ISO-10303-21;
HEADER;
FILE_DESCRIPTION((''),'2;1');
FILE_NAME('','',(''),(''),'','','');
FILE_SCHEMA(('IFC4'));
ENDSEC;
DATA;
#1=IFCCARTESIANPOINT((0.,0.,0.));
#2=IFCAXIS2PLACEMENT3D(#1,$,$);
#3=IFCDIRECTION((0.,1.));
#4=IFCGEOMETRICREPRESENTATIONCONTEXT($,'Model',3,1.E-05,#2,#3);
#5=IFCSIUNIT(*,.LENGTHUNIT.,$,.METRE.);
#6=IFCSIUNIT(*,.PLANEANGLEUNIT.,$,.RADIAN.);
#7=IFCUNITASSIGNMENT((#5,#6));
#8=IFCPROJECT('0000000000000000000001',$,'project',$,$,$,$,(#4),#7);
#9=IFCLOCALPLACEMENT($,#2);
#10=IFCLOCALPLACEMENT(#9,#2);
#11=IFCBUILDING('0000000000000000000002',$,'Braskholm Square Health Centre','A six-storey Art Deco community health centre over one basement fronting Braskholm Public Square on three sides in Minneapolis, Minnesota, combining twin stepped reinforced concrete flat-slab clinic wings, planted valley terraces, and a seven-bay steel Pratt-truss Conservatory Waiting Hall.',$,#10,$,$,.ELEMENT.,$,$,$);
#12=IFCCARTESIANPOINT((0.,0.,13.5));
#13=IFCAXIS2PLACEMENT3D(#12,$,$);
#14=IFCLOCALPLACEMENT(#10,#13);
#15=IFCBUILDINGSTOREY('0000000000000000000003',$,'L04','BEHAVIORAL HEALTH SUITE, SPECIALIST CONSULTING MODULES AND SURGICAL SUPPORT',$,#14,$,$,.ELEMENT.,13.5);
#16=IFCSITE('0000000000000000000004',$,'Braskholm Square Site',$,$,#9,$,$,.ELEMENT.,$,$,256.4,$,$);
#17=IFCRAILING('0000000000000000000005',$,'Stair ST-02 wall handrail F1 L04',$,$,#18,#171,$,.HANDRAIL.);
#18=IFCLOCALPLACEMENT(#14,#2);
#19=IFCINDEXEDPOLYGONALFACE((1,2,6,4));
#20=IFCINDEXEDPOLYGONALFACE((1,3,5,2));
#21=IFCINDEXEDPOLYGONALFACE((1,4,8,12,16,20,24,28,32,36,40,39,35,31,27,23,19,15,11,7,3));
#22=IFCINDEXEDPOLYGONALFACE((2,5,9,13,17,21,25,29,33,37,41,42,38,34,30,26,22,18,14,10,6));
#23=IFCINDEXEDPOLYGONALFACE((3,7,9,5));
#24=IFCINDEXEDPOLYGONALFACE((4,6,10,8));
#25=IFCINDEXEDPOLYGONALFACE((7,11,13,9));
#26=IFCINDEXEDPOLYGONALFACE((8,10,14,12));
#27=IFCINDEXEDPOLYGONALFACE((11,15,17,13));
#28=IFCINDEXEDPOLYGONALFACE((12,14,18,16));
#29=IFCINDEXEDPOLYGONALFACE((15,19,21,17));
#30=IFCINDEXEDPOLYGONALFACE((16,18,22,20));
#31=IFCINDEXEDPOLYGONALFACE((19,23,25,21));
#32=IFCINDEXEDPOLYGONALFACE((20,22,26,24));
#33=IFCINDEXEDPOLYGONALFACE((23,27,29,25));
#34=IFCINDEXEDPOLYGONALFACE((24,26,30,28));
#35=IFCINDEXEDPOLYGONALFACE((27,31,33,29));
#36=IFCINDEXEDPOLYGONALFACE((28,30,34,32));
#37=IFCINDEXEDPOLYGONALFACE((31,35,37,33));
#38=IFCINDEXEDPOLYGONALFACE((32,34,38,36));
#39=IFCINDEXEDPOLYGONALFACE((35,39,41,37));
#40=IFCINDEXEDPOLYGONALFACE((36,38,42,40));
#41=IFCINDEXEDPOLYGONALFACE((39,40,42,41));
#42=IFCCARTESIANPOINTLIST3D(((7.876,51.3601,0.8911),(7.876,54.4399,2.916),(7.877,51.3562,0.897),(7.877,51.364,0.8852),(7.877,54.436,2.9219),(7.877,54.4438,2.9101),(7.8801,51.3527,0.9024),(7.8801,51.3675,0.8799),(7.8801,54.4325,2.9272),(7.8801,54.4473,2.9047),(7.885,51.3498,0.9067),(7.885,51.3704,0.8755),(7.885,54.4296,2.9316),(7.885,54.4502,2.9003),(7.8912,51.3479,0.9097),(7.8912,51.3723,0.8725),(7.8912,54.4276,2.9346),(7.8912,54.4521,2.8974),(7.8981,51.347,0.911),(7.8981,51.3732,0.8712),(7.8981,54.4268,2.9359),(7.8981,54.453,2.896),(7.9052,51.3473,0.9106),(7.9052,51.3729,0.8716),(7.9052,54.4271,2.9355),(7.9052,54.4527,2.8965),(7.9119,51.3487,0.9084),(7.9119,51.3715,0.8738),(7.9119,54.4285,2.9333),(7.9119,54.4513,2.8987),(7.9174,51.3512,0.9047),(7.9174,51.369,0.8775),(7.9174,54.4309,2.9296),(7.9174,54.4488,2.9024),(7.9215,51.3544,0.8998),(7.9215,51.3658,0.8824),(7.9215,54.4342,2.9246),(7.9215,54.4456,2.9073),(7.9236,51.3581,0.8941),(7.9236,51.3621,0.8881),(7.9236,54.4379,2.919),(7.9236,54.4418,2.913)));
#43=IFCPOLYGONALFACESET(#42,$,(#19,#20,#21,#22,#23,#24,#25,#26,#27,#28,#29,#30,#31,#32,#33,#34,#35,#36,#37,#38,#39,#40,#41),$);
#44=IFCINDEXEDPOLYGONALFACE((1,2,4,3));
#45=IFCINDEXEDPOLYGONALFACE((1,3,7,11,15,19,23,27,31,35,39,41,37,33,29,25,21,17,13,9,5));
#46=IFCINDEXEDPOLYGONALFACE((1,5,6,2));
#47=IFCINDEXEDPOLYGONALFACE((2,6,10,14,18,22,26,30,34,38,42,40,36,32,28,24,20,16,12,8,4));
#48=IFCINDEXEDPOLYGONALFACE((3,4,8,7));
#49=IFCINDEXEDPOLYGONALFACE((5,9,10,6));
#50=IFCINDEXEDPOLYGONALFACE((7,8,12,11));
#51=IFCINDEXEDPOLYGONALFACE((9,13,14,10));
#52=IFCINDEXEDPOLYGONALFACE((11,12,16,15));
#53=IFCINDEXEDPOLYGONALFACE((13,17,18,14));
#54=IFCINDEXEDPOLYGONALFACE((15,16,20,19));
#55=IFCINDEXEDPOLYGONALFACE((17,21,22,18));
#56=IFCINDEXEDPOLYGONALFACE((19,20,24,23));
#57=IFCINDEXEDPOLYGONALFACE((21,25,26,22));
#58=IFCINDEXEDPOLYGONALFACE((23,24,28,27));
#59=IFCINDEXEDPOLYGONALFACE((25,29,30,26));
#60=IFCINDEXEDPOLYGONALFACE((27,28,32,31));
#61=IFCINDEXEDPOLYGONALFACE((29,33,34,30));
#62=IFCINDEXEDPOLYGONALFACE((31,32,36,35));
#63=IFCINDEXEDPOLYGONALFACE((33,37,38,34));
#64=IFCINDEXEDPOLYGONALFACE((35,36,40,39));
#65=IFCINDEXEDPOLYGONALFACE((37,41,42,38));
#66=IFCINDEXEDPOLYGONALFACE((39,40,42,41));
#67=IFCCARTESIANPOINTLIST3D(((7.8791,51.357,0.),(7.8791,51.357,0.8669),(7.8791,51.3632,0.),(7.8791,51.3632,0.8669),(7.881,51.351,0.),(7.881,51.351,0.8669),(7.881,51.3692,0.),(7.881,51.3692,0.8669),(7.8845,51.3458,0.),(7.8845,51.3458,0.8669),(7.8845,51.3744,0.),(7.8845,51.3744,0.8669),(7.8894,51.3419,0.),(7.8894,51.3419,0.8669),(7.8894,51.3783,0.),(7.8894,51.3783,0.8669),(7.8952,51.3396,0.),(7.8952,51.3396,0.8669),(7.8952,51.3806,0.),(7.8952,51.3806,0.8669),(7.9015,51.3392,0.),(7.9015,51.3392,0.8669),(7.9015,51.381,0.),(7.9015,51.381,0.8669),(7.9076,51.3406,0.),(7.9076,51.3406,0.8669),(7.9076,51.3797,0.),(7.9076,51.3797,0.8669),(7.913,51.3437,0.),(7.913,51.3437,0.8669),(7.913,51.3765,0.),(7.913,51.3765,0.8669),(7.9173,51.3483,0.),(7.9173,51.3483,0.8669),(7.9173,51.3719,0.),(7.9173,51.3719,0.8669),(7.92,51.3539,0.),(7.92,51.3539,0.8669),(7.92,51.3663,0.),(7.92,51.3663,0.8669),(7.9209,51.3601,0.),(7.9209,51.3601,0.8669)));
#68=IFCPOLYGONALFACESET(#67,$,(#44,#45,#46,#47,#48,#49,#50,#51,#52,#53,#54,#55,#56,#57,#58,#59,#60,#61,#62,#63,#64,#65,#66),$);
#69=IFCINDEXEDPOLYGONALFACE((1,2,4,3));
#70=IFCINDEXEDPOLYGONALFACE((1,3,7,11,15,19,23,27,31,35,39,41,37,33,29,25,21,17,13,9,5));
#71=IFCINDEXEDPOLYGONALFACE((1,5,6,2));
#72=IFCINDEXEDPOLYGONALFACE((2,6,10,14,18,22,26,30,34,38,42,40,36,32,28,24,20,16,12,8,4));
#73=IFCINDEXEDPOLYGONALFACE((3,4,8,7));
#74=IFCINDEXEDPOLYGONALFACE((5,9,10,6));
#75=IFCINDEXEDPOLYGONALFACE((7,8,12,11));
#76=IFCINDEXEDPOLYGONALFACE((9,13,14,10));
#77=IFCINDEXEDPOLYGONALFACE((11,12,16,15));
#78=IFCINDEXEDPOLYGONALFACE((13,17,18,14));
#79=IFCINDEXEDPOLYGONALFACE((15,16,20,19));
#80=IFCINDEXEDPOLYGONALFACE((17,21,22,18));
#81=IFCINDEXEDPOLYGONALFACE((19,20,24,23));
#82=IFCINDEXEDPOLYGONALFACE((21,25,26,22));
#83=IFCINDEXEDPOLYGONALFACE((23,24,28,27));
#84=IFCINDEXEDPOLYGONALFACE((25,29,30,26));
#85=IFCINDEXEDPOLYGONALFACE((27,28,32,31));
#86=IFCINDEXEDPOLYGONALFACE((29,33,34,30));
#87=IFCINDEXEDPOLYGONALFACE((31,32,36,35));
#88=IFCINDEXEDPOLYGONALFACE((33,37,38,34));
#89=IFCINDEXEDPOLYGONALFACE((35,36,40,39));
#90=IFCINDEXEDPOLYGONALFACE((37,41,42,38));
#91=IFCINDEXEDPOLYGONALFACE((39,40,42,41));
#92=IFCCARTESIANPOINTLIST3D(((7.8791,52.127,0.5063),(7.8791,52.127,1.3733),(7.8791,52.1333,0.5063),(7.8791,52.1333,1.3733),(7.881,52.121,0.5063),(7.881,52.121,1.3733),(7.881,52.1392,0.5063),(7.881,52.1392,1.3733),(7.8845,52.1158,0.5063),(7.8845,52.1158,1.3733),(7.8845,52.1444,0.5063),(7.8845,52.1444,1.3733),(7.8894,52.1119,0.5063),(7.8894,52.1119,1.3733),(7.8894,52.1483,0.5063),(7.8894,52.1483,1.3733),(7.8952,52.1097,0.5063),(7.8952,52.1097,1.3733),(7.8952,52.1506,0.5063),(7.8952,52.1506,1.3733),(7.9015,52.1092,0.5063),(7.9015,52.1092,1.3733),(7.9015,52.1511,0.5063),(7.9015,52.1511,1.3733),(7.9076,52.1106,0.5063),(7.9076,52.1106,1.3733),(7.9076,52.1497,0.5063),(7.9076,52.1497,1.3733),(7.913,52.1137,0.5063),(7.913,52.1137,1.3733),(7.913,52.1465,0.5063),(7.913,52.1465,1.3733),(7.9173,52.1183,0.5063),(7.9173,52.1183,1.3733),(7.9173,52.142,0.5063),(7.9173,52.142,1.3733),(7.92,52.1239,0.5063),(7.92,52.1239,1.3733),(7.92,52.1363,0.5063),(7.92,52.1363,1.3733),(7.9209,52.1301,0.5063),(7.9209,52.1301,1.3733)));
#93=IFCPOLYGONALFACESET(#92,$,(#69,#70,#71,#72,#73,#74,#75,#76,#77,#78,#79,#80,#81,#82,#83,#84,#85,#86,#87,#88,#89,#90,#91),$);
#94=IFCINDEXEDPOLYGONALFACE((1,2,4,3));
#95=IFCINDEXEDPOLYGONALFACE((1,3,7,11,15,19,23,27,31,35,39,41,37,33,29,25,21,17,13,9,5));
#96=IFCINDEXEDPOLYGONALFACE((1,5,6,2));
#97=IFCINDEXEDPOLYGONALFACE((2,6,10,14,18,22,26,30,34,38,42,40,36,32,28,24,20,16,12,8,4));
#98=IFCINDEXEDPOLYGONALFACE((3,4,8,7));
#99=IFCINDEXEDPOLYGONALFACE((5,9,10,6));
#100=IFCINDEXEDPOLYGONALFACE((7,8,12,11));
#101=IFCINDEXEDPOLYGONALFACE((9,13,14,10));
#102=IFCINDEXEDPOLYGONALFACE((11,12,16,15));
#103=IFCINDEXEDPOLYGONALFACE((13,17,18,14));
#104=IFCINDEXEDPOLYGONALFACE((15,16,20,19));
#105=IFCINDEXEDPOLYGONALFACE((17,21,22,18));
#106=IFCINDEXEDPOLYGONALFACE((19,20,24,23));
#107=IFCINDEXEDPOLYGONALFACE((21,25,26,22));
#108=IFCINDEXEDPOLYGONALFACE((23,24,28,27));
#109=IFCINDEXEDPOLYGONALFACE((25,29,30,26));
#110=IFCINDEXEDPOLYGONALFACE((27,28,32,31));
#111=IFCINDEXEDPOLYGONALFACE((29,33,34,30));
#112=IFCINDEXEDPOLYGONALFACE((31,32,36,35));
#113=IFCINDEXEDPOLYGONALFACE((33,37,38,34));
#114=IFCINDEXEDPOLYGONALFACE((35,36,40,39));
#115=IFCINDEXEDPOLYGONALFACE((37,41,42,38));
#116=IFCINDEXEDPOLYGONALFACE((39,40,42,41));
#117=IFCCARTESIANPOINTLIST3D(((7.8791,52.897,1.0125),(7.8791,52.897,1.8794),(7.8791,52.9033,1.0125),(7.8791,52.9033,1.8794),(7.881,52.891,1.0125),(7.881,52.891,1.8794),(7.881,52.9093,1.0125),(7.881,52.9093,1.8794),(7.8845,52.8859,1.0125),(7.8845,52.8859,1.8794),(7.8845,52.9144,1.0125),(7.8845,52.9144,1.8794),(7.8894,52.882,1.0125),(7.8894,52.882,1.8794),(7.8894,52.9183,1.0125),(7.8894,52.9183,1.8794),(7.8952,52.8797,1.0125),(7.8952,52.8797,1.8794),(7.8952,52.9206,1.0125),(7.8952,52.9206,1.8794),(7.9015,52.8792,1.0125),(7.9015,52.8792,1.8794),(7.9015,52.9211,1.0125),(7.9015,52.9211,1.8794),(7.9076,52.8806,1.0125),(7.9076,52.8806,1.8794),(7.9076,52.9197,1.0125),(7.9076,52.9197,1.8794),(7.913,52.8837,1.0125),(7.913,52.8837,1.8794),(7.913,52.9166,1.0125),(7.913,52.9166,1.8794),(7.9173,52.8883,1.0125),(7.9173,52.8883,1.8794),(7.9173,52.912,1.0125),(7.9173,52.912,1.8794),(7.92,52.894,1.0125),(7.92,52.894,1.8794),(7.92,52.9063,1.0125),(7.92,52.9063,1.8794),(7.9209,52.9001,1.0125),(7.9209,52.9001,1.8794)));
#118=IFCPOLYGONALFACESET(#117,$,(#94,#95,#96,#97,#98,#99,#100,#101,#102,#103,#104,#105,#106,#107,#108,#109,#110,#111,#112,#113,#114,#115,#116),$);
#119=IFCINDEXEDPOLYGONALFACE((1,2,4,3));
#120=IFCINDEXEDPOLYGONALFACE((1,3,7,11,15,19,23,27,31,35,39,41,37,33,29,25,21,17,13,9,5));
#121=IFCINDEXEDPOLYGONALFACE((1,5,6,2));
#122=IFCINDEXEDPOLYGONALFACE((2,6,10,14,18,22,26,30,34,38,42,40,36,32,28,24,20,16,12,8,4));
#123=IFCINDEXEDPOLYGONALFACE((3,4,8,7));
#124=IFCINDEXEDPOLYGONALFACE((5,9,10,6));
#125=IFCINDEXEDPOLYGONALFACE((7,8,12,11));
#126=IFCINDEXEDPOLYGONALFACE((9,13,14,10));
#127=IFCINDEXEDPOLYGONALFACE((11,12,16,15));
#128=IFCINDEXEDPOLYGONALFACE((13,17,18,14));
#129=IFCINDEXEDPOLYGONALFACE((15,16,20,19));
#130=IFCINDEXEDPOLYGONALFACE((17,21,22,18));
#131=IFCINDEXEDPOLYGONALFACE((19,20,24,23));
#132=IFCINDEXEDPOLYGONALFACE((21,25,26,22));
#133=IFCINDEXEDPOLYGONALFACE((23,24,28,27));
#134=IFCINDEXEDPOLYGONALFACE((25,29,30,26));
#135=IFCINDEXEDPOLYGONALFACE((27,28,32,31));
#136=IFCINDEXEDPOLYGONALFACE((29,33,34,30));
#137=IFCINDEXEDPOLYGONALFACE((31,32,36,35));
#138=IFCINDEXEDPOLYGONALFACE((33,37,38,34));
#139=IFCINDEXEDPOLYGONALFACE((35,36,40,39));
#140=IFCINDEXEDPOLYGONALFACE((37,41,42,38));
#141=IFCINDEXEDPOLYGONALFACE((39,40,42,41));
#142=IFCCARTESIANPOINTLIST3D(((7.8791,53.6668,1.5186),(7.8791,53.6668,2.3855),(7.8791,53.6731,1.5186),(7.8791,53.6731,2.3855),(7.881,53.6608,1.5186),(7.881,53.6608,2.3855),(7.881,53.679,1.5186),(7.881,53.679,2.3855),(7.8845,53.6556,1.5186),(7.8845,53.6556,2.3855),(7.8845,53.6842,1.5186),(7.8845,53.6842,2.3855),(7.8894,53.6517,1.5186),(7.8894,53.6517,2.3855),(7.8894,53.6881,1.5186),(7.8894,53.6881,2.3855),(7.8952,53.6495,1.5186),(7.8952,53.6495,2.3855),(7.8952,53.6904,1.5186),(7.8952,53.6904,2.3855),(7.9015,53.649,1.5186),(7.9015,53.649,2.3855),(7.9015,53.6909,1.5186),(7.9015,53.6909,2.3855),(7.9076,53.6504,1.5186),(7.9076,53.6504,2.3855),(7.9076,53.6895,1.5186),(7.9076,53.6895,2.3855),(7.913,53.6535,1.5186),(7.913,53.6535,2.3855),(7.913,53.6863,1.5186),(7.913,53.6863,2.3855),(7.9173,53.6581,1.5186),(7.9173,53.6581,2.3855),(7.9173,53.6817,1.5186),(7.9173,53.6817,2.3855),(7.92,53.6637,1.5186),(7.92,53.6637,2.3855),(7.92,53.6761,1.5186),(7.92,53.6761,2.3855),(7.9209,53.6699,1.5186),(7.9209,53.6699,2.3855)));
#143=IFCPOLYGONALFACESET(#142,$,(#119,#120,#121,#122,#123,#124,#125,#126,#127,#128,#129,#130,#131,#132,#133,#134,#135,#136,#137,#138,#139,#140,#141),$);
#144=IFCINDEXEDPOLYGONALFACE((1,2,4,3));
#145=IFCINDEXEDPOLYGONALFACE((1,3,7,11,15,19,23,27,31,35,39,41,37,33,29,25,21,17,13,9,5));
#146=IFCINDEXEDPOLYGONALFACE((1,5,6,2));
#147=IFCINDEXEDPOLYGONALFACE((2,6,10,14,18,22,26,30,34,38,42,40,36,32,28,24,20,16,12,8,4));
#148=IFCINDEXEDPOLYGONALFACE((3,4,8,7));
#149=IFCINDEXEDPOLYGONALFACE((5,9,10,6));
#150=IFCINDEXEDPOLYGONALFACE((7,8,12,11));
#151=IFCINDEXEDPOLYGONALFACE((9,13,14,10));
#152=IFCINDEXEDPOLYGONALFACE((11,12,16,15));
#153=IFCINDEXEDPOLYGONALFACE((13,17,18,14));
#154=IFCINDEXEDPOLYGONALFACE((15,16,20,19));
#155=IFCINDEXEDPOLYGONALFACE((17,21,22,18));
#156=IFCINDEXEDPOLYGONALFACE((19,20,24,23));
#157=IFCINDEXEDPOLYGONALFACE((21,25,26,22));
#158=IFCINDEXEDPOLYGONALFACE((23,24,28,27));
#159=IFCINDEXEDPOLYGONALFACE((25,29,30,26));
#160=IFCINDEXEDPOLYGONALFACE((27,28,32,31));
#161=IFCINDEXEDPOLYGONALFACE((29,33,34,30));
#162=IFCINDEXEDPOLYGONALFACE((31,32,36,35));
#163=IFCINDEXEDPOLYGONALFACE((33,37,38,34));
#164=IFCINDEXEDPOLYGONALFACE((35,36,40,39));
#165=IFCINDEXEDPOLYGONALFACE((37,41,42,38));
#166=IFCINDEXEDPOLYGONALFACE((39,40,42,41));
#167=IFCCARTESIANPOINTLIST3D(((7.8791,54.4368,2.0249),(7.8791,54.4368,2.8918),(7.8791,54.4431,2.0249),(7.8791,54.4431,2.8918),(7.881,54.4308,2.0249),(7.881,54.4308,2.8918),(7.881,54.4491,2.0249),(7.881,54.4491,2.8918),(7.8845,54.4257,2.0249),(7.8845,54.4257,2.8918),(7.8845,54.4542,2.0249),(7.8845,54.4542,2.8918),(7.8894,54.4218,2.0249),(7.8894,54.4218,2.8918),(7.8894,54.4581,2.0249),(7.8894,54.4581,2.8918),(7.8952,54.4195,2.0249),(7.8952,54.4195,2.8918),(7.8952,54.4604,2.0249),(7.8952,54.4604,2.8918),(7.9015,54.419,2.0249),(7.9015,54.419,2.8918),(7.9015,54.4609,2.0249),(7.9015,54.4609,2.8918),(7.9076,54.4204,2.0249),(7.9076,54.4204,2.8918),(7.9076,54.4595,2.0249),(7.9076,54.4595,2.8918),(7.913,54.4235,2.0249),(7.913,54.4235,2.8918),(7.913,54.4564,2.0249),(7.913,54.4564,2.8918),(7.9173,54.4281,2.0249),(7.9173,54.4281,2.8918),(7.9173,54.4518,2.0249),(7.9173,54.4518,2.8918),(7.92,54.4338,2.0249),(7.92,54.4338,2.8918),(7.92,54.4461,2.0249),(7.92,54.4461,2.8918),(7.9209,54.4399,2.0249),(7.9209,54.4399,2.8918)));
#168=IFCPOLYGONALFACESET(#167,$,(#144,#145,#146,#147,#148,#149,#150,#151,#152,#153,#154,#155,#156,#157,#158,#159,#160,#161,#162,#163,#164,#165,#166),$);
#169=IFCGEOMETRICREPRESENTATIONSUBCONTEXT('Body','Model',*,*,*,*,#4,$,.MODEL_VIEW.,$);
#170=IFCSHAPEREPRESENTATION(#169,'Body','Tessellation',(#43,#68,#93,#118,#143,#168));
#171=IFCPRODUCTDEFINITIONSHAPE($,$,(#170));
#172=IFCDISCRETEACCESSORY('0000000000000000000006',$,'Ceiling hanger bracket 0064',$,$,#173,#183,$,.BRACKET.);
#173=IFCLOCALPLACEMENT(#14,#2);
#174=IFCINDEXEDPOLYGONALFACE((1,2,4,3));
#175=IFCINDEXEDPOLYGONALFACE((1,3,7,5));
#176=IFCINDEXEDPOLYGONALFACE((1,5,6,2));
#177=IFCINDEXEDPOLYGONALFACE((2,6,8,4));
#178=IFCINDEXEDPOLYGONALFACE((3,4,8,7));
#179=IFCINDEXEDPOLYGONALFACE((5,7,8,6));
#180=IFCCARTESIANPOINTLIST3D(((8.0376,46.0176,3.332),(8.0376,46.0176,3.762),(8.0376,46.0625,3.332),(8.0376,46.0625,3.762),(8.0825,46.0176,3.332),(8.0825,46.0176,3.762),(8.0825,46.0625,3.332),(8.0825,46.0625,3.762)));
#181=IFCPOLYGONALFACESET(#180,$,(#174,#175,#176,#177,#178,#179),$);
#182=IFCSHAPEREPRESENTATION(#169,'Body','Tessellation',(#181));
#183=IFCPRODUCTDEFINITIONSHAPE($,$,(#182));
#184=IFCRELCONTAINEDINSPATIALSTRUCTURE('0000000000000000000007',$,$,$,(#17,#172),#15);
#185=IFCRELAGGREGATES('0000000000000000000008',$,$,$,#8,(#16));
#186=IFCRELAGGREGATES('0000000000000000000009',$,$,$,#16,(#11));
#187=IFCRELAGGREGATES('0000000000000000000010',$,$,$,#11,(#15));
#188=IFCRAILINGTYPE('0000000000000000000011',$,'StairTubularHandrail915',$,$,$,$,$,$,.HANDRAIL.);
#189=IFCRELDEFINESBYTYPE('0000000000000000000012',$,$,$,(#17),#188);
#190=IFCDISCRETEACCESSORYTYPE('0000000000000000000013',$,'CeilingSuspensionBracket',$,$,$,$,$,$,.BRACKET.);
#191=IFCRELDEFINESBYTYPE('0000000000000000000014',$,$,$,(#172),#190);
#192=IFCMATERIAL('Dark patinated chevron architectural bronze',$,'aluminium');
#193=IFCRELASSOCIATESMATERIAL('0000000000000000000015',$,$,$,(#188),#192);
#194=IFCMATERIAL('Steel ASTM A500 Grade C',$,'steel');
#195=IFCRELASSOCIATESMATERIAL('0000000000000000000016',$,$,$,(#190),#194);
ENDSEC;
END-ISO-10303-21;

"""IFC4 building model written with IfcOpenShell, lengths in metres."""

from ifc_helpers import new_model, si_unit, direction, frame, origin, origin_2d, place, context, subcontext, project, spatial, rectangle, circle, extrude, material, type_object, element, save


model = new_model("IFC4")

# Units and contexts
model_context = context("Model", 3, precision=1e-05, world=origin(), true_north=direction((0.0, 1.0)))
body_context = subcontext(model_context, "Body", "Model", "MODEL_VIEW")
ifc_project = project(units=[si_unit("LENGTHUNIT", "METRE"), si_unit("PLANEANGLEUNIT", "RADIAN")], contexts=[model_context])

# Site, building, storey
site_placement = place(None, origin())
site = spatial("IfcSite", under=ifc_project, at=site_placement, Name="Braskholm Square Site", CompositionType="ELEMENT", RefElevation=256.4)
building_placement = place(site_placement, origin())
building = spatial("IfcBuilding", under=site, at=building_placement, Name="Braskholm Square Health Centre", Description="A six-storey Art Deco community health centre over one basement fronting Braskholm Public Square on three sides in Minneapolis, Minnesota, combining twin stepped reinforced concrete flat-slab clinic wings, planted valley terraces, and a seven-bay steel Pratt-truss Conservatory Waiting Hall.", CompositionType="ELEMENT")
storey_placement = place(building_placement, frame((0.0, 0.0, 13.5)))
storey = spatial("IfcBuildingStorey", under=building, at=storey_placement, Name="L04", Description="BEHAVIORAL HEALTH SUITE, SPECIALIST CONSULTING MODULES AND SURGICAL SUPPORT", CompositionType="ELEMENT", Elevation=13.5)

# Shared definitions
ifc_material_1 = material(Name="Dark patinated chevron architectural bronze", Category="aluminium")

# Railing
railing_type_1 = type_object("IfcRailingType", Name="StairTubularHandrail915", PredefinedType="HANDRAIL", material=ifc_material_1)
railing_1_placement = place(storey_placement, frame((7.8999, 51.3601, 0.0)))
element("IfcRailing", 1, at=railing_1_placement, inside=storey, type_object=railing_type_1, Name="Stair ST-02 wall handrail F1 L04", PredefinedType="HANDRAIL", context=body_context, shape_type="SweptSolid", body=[
    extrude(circle(Radius=0.0239, at=origin_2d()), frame((0.0, 0.0, 0.8911), z_axis=(0.0, 0.83558, 0.54937), x_axis=(-1.0, 0.0, 0.0)), (0.0, 0.0, 1.0), 3.6858),
    extrude(circle(Radius=0.021, at=origin_2d()), origin(), (0.0, 0.0, 1.0), 0.8669),
    extrude(circle(Radius=0.021, at=origin_2d()), frame((0.0, 0.77, 0.5063)), (0.0, 0.0, 1.0), 0.8669),
    extrude(circle(Radius=0.021, at=origin_2d()), frame((0.0, 1.54, 1.0125)), (0.0, 0.0, 1.0), 0.8669),
    extrude(circle(Radius=0.021, at=origin_2d()), frame((0.0, 2.3098, 1.5186)), (0.0, 0.0, 1.0), 0.8669),
    extrude(circle(Radius=0.021, at=origin_2d()), frame((0.0, 3.0798, 2.0249)), (0.0, 0.0, 1.0), 0.8669),
])

# Discrete accessory
ifc_material_2 = material(Name="Steel ASTM A500 Grade C", Category="steel")
discrete_accessory_type = type_object("IfcDiscreteAccessoryType", Name="CeilingSuspensionBracket", PredefinedType="BRACKET", material=ifc_material_2)
discrete_accessory_placement = place(storey_placement, frame((8.0601, 46.04, 3.332), z_axis=(0.0, 0.0, 1.0), x_axis=(1.0, 0.0, 0.0)))
element("IfcDiscreteAccessory", 2, at=discrete_accessory_placement, inside=storey, type_object=discrete_accessory_type, Name="Ceiling hanger bracket 0064", PredefinedType="BRACKET", context=body_context, shape_type="SweptSolid", body=[
    extrude(rectangle(XDim=0.0449, YDim=0.0449, at=origin_2d()), origin(), (0.0, 0.0, 1.0), 0.4299),
])

save(model, "model.ifc")
